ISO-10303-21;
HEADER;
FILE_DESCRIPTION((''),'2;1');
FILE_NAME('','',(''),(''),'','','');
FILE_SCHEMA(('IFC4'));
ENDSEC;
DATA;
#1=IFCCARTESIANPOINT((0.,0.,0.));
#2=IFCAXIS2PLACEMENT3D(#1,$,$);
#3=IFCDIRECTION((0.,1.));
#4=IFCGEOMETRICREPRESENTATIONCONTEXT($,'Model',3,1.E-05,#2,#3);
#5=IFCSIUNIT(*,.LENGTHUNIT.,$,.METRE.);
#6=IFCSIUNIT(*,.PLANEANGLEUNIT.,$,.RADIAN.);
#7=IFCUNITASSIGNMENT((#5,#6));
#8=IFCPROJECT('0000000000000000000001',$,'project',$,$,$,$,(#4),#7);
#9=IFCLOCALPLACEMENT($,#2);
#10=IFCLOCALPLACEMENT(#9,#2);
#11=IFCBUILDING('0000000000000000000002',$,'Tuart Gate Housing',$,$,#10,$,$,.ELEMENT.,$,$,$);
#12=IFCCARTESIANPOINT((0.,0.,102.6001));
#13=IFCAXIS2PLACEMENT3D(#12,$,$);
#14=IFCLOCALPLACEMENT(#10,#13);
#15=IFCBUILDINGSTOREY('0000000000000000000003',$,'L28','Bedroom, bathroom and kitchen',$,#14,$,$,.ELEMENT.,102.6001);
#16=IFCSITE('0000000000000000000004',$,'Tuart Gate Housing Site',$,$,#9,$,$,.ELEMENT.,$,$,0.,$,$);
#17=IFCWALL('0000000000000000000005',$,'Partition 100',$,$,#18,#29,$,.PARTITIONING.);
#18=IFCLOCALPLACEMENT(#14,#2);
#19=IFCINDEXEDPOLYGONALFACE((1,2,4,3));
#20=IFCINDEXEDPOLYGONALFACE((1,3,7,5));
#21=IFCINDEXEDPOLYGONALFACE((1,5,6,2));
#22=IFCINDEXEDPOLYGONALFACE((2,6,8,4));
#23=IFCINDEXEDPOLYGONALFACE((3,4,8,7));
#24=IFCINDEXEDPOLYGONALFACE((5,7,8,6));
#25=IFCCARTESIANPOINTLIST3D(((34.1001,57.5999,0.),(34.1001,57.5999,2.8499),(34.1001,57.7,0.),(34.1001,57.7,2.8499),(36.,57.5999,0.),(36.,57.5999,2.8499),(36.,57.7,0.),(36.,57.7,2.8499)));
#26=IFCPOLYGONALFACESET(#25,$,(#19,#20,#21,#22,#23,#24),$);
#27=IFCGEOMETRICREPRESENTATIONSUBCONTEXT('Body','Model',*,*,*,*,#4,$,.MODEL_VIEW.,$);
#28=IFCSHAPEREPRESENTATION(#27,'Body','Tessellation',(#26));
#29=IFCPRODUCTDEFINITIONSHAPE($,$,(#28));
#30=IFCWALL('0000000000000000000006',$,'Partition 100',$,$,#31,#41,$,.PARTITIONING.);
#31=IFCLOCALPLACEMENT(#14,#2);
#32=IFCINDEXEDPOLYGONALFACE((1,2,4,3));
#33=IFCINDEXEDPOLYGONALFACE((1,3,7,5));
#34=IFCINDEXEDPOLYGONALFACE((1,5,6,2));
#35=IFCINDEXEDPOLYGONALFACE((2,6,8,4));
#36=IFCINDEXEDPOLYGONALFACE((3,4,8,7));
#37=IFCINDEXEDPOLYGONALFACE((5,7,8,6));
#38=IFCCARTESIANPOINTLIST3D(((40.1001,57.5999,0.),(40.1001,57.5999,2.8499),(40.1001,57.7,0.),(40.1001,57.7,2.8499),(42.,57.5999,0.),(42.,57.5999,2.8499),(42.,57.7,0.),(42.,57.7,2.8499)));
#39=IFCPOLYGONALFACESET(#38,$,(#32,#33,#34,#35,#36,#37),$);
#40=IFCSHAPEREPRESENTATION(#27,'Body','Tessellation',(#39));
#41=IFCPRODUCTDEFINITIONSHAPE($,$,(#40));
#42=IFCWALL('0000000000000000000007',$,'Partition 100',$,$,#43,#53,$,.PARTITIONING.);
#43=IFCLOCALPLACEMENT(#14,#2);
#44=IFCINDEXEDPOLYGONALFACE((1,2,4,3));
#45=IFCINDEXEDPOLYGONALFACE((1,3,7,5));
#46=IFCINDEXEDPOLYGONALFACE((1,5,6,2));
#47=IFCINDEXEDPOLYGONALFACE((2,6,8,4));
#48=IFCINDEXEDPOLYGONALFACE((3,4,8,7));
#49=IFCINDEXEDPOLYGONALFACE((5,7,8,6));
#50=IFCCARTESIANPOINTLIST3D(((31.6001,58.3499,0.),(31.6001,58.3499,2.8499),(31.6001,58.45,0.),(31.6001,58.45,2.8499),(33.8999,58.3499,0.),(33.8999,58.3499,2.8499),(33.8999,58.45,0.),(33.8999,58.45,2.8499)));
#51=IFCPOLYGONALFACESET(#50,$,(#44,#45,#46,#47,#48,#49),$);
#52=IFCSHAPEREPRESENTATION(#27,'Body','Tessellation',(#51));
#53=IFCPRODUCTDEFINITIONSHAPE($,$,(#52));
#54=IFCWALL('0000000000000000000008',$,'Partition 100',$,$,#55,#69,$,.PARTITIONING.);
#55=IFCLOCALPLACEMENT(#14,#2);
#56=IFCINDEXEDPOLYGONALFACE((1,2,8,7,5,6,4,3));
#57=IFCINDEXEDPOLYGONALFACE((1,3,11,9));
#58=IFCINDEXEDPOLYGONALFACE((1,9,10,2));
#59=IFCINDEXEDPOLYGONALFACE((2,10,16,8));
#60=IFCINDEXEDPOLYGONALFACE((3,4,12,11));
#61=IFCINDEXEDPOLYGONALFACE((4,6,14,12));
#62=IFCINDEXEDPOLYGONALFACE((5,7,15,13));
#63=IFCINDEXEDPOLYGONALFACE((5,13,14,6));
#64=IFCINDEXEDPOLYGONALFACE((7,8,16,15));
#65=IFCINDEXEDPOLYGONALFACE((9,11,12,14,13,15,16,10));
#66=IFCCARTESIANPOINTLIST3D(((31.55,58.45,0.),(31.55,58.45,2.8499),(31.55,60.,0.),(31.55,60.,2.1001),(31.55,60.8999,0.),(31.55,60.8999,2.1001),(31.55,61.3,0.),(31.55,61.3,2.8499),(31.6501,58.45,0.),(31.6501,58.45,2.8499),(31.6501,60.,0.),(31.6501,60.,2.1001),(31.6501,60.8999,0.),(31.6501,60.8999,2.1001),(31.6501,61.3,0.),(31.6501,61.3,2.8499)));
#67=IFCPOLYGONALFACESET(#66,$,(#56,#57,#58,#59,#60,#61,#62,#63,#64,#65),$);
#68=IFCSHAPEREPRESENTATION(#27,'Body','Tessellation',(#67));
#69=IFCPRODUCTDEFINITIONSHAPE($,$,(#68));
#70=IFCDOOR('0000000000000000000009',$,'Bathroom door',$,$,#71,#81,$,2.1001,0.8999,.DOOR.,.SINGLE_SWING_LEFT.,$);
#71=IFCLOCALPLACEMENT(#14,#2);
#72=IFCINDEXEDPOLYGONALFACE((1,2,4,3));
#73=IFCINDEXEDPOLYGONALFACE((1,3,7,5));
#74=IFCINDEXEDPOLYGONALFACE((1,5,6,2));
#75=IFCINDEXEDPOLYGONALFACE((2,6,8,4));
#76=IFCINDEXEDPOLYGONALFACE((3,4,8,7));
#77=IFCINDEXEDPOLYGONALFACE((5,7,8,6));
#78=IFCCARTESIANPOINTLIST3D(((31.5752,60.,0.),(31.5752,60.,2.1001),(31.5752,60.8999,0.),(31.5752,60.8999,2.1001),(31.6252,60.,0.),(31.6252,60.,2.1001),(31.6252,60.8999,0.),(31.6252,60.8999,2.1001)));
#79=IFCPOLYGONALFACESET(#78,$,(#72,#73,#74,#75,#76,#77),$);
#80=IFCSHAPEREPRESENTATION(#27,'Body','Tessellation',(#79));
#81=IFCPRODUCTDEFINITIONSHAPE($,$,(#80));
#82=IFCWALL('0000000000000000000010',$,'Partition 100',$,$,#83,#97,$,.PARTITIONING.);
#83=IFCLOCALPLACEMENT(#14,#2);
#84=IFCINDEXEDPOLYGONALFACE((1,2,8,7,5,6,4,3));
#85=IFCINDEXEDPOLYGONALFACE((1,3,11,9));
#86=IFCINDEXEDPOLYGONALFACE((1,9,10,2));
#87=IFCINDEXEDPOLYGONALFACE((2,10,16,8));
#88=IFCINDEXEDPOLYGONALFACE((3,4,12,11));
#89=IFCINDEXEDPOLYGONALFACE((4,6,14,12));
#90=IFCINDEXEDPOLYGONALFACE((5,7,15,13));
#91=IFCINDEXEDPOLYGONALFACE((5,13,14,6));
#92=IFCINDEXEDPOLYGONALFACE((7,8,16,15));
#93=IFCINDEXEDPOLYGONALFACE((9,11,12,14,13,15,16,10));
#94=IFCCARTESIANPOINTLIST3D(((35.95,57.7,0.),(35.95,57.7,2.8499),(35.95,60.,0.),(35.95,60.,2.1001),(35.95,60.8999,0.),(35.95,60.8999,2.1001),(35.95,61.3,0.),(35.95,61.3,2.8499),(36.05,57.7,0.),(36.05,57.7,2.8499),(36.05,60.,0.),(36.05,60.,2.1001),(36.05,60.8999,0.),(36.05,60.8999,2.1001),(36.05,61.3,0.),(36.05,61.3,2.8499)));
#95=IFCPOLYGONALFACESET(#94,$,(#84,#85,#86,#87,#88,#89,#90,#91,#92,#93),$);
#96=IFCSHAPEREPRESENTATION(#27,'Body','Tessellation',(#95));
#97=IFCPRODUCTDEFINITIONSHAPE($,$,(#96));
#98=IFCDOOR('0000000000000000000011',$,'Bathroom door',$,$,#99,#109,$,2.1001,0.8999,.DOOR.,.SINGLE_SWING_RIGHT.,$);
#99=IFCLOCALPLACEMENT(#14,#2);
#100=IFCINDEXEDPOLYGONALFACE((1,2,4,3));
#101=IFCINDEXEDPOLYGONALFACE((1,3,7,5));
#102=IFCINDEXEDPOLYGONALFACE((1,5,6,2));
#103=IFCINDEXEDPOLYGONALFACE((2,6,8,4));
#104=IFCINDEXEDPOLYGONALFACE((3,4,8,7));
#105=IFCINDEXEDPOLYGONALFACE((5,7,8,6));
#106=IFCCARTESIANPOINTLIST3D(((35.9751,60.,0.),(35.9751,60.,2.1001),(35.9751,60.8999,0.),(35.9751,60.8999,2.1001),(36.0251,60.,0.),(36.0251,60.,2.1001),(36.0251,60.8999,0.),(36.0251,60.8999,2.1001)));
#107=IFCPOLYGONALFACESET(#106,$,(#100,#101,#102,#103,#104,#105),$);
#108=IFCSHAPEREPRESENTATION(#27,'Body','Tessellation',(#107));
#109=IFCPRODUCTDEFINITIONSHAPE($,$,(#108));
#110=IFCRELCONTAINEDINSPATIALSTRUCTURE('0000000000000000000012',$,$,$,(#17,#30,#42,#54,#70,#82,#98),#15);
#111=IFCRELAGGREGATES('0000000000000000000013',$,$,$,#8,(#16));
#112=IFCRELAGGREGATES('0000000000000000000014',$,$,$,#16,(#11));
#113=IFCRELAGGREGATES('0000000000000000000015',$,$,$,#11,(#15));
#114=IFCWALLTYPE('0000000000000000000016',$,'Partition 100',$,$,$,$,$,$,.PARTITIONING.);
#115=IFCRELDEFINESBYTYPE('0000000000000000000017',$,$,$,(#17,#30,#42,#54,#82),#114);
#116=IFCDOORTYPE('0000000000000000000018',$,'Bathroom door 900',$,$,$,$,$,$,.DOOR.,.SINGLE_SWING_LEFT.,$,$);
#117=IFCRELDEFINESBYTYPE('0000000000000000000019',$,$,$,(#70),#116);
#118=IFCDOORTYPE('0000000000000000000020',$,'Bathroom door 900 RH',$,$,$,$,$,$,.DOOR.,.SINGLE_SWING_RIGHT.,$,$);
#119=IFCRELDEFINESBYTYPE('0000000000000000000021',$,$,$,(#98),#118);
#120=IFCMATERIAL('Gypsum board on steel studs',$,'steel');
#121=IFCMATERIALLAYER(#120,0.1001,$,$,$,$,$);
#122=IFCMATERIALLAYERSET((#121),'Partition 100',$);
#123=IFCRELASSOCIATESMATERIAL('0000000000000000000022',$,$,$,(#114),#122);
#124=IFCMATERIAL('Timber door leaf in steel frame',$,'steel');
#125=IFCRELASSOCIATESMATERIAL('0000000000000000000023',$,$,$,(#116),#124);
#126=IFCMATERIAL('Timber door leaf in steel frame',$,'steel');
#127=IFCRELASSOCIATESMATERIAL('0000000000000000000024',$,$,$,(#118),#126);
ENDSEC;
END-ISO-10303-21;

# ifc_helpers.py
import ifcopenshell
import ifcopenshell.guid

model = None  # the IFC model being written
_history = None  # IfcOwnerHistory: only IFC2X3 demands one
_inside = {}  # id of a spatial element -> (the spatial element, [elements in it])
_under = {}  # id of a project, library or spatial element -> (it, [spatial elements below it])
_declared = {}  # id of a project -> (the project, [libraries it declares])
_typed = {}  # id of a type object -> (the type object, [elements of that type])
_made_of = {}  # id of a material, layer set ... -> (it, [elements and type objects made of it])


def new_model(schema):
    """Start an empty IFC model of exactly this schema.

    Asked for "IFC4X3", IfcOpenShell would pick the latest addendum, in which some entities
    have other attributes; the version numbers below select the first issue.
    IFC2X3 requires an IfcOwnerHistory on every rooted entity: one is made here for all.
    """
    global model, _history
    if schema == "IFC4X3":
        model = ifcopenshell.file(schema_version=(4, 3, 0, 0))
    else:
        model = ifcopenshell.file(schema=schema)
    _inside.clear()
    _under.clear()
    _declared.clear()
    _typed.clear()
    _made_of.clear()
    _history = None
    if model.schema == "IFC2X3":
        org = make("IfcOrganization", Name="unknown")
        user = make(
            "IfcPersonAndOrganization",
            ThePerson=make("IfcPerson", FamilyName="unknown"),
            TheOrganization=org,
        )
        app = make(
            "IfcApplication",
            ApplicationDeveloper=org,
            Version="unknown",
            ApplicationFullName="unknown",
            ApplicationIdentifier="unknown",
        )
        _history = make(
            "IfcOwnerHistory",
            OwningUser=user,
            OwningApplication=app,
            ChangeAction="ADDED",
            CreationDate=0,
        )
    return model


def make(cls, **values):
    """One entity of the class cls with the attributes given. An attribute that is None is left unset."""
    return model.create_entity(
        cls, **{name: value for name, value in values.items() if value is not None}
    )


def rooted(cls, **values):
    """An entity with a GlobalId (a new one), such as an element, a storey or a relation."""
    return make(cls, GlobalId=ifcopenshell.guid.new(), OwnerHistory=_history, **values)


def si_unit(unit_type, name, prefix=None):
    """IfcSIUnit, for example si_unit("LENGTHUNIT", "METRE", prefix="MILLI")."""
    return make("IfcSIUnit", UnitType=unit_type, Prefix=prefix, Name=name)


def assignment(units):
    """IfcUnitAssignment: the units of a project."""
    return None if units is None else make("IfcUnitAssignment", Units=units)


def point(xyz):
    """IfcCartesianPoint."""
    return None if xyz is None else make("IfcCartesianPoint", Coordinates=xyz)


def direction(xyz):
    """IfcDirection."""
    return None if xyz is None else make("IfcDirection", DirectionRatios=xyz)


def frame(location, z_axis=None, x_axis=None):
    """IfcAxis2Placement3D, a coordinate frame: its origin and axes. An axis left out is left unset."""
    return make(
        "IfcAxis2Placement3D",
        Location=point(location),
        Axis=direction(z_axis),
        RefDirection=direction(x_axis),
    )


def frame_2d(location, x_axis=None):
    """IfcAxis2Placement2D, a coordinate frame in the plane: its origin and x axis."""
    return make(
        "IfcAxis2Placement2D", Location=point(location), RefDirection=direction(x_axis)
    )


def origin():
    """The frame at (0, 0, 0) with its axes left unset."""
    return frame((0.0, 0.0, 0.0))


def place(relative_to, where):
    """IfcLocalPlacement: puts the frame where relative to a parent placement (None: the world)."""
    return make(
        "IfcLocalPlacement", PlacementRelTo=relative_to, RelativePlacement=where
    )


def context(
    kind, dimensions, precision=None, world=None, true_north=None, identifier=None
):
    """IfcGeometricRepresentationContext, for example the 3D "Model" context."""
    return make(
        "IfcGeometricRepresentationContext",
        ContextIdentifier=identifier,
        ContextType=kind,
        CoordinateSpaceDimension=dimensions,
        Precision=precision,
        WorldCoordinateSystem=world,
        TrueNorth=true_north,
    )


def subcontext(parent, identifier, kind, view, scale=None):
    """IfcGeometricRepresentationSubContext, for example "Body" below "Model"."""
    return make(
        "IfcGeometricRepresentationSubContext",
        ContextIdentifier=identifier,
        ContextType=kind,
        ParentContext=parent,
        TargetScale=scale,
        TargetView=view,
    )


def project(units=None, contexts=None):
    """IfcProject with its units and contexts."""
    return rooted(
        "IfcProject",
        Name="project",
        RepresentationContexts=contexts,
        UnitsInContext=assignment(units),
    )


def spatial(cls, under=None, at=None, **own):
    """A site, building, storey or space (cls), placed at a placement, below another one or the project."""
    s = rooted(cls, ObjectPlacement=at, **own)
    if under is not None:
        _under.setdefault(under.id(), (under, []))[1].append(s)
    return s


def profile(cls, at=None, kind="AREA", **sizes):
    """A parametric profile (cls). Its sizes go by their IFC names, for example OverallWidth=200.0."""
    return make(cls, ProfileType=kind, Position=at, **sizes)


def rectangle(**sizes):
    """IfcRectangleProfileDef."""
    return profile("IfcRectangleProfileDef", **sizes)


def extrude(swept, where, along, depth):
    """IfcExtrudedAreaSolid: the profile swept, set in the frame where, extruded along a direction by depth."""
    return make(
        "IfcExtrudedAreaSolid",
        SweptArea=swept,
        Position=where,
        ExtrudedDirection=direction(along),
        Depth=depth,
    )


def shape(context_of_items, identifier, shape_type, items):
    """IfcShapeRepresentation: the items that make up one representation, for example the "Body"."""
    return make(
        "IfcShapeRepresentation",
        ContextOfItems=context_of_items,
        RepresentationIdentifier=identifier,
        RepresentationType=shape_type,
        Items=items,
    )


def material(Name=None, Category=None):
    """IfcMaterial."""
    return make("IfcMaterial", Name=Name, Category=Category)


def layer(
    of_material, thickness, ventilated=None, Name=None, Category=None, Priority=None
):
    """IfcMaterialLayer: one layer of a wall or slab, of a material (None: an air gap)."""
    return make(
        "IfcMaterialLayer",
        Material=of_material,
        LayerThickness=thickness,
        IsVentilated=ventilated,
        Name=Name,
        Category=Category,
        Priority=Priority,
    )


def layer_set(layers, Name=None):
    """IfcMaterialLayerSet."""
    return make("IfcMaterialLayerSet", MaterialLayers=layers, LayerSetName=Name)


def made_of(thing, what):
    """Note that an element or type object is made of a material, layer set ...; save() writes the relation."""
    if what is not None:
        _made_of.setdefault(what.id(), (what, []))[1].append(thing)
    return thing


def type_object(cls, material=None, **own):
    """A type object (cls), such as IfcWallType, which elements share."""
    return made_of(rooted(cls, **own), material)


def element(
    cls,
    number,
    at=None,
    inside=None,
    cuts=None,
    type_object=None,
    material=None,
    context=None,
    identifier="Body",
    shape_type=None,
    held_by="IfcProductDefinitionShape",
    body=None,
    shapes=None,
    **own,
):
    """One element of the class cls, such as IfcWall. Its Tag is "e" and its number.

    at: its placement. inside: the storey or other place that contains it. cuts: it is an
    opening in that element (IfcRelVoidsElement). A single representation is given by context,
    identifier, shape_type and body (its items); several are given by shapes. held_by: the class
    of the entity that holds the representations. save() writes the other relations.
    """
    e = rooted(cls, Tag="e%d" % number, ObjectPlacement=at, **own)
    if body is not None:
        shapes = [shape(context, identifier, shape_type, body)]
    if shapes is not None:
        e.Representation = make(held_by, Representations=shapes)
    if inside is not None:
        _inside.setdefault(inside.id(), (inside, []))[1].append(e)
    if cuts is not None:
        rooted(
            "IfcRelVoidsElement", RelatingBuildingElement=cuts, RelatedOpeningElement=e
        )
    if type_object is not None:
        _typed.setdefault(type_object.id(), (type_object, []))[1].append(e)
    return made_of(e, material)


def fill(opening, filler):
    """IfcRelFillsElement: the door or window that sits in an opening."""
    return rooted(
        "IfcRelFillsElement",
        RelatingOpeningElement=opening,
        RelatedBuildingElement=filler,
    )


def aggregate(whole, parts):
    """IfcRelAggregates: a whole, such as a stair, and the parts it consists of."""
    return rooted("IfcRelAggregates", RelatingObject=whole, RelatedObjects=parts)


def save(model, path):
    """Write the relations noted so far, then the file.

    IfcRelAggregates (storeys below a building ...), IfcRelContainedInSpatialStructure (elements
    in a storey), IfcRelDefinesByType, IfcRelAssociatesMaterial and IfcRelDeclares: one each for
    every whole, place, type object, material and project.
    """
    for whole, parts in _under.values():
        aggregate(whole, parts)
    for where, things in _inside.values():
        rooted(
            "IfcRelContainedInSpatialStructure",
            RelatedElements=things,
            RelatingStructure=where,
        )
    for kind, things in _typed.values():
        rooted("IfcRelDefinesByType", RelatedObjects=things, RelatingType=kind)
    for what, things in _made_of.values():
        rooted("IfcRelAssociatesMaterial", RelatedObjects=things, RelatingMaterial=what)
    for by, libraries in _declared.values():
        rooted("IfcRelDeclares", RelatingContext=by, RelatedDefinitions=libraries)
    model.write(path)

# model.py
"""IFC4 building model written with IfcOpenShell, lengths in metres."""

from ifc_helpers import new_model, si_unit, direction, frame, frame_2d, origin, place, context, subcontext, project, spatial, rectangle, extrude, material, layer, layer_set, type_object, element, fill, save


model = new_model("IFC4")

# Units and contexts
model_context = context("Model", 3, precision=1e-05, world=origin(), true_north=direction((0.0, 1.0)))
body_context = subcontext(model_context, "Body", "Model", "MODEL_VIEW")
ifc_project = project(units=[si_unit("LENGTHUNIT", "METRE"), si_unit("PLANEANGLEUNIT", "RADIAN")], contexts=[model_context])

# Site, building, storey
site_placement = place(None, origin())
site = spatial("IfcSite", under=ifc_project, at=site_placement, Name="Tuart Gate Housing Site", CompositionType="ELEMENT", RefElevation=0.0)
building_placement = place(site_placement, origin())
building = spatial("IfcBuilding", under=site, at=building_placement, Name="Tuart Gate Housing", CompositionType="ELEMENT")
storey_placement = place(building_placement, frame((0.0, 0.0, 102.6001)))
storey = spatial("IfcBuildingStorey", under=building, at=storey_placement, Name="L28", Description="Bedroom, bathroom and kitchen", CompositionType="ELEMENT", Elevation=102.6001)

# Walls
ifc_material_1 = material(Name="Gypsum board on steel studs", Category="steel")
ifc_layer_1 = layer(ifc_material_1, 0.1001)
ifc_layer_set_1 = layer_set([ifc_layer_1], Name="Partition 100")
wall_type_1 = type_object("IfcWallType", Name="Partition 100", PredefinedType="PARTITIONING", material=ifc_layer_set_1)
for number, where, z_axis, x_axis, name in (
    (1, (34.1001, 57.6499, 0.0), (0.0, 0.0, 1.0), (1.0, 0.0, 0.0), "Partition 100"),
    (2, (40.1001, 57.6499, 0.0), (0.0, 0.0, 1.0), (1.0, 0.0, 0.0), "Partition 100"),
):
    element("IfcWall", number, at=place(storey_placement, frame(where, z_axis=z_axis, x_axis=x_axis)), inside=storey, type_object=wall_type_1, Name=name, PredefinedType="PARTITIONING", context=body_context, shape_type="SweptSolid", body=[
        extrude(rectangle(XDim=1.8999, YDim=0.1001, at=frame_2d((0.95, 0.0))), origin(), (0.0, 0.0, 1.0), 2.8499),
    ])
wall_1_placement = place(storey_placement, frame((31.6001, 58.3999, 0.0), z_axis=(0.0, 0.0, 1.0), x_axis=(1.0, 0.0, 0.0)))
element("IfcWall", 3, at=wall_1_placement, inside=storey, type_object=wall_type_1, Name="Partition 100", PredefinedType="PARTITIONING", context=body_context, shape_type="SweptSolid", body=[
    extrude(rectangle(XDim=2.2998, YDim=0.1001, at=frame_2d((1.1499, 0.0))), origin(), (0.0, 0.0, 1.0), 2.8499),
])

# Walls, openings, doors
wall_2_placement = place(storey_placement, frame((31.6001, 58.45, 0.0), z_axis=(0.0, 0.0, 1.0), x_axis=(0.0, 1.0, 0.0)))
wall_2 = element("IfcWall", 4, at=wall_2_placement, inside=storey, type_object=wall_type_1, Name="Partition 100", PredefinedType="PARTITIONING", context=body_context, shape_type="SweptSolid", body=[
    extrude(rectangle(XDim=2.8501, YDim=0.1001, at=frame_2d((1.425, 0.0))), origin(), (0.0, 0.0, 1.0), 2.8499),
])
opening_1_placement = place(wall_2_placement, frame((1.55, 0.0, 0.0)))
opening_1 = element("IfcOpeningElement", 5, at=opening_1_placement, cuts=wall_2, PredefinedType="OPENING", context=body_context, shape_type="SweptSolid", body=[
    extrude(rectangle(XDim=0.8999, YDim=2.1001, at=frame_2d((0.45, 1.05))), frame((0.0, 0.0601, 0.0), z_axis=(0.0, -1.0, 0.0), x_axis=(1.0, 0.0, 0.0)), (0.0, 0.0, 1.0), 0.1201),
])
ifc_material_2 = material(Name="Timber door leaf in steel frame", Category="steel")
door_type_1 = type_object("IfcDoorType", Name="Bathroom door 900", OperationType="SINGLE_SWING_LEFT", PredefinedType="DOOR", material=ifc_material_2)
door_1_placement = place(opening_1_placement, frame((0.8999, 0.0, 0.0), z_axis=(0.0, 0.0, 1.0), x_axis=(-1.0, 0.0, 0.0)))
door_1 = element("IfcDoor", 6, at=door_1_placement, inside=storey, type_object=door_type_1, Name="Bathroom door", OperationType="SINGLE_SWING_LEFT", OverallHeight=2.1001, OverallWidth=0.8999, PredefinedType="DOOR", context=body_context, shape_type="SweptSolid", body=[
    extrude(rectangle(XDim=0.8999, YDim=2.1001, at=frame_2d((0.45, 1.05))), frame((0.0, 0.0251, 0.0), z_axis=(0.0, -1.0, 0.0), x_axis=(1.0, 0.0, 0.0)), (0.0, 0.0, 1.0), 0.05),
])
fill(opening_1, door_1)
wall_3_placement = place(storey_placement, frame((36.0, 57.7, 0.0), z_axis=(0.0, 0.0, 1.0), x_axis=(0.0, 1.0, 0.0)))
wall_3 = element("IfcWall", 7, at=wall_3_placement, inside=storey, type_object=wall_type_1, Name="Partition 100", PredefinedType="PARTITIONING", context=body_context, shape_type="SweptSolid", body=[
    extrude(rectangle(XDim=3.6001, YDim=0.1001, at=frame_2d((1.8, 0.0))), origin(), (0.0, 0.0, 1.0), 2.8499),
])
opening_2_placement = place(wall_3_placement, frame((2.3, 0.0, 0.0)))
opening_2 = element("IfcOpeningElement", 8, at=opening_2_placement, cuts=wall_3, PredefinedType="OPENING", context=body_context, shape_type="SweptSolid", body=[
    extrude(rectangle(XDim=0.8999, YDim=2.1001, at=frame_2d((0.45, 1.05))), frame((0.0, 0.0601, 0.0), z_axis=(0.0, -1.0, 0.0), x_axis=(1.0, 0.0, 0.0)), (0.0, 0.0, 1.0), 0.1201),
])
ifc_material_3 = material(Name="Timber door leaf in steel frame", Category="steel")
door_type_2 = type_object("IfcDoorType", Name="Bathroom door 900 RH", OperationType="SINGLE_SWING_RIGHT", PredefinedType="DOOR", material=ifc_material_3)
door_2_placement = place(opening_2_placement, origin())
door_2 = element("IfcDoor", 9, at=door_2_placement, inside=storey, type_object=door_type_2, Name="Bathroom door", OperationType="SINGLE_SWING_RIGHT", OverallHeight=2.1001, OverallWidth=0.8999, PredefinedType="DOOR", context=body_context, shape_type="SweptSolid", body=[
    extrude(rectangle(XDim=0.8999, YDim=2.1001, at=frame_2d((0.45, 1.05))), frame((0.0, 0.0249, 0.0), z_axis=(0.0, -1.0, 0.0), x_axis=(1.0, 0.0, 0.0)), (0.0, 0.0, 1.0), 0.05),
])
fill(opening_2, door_2)

save(model, "model.ifc")
